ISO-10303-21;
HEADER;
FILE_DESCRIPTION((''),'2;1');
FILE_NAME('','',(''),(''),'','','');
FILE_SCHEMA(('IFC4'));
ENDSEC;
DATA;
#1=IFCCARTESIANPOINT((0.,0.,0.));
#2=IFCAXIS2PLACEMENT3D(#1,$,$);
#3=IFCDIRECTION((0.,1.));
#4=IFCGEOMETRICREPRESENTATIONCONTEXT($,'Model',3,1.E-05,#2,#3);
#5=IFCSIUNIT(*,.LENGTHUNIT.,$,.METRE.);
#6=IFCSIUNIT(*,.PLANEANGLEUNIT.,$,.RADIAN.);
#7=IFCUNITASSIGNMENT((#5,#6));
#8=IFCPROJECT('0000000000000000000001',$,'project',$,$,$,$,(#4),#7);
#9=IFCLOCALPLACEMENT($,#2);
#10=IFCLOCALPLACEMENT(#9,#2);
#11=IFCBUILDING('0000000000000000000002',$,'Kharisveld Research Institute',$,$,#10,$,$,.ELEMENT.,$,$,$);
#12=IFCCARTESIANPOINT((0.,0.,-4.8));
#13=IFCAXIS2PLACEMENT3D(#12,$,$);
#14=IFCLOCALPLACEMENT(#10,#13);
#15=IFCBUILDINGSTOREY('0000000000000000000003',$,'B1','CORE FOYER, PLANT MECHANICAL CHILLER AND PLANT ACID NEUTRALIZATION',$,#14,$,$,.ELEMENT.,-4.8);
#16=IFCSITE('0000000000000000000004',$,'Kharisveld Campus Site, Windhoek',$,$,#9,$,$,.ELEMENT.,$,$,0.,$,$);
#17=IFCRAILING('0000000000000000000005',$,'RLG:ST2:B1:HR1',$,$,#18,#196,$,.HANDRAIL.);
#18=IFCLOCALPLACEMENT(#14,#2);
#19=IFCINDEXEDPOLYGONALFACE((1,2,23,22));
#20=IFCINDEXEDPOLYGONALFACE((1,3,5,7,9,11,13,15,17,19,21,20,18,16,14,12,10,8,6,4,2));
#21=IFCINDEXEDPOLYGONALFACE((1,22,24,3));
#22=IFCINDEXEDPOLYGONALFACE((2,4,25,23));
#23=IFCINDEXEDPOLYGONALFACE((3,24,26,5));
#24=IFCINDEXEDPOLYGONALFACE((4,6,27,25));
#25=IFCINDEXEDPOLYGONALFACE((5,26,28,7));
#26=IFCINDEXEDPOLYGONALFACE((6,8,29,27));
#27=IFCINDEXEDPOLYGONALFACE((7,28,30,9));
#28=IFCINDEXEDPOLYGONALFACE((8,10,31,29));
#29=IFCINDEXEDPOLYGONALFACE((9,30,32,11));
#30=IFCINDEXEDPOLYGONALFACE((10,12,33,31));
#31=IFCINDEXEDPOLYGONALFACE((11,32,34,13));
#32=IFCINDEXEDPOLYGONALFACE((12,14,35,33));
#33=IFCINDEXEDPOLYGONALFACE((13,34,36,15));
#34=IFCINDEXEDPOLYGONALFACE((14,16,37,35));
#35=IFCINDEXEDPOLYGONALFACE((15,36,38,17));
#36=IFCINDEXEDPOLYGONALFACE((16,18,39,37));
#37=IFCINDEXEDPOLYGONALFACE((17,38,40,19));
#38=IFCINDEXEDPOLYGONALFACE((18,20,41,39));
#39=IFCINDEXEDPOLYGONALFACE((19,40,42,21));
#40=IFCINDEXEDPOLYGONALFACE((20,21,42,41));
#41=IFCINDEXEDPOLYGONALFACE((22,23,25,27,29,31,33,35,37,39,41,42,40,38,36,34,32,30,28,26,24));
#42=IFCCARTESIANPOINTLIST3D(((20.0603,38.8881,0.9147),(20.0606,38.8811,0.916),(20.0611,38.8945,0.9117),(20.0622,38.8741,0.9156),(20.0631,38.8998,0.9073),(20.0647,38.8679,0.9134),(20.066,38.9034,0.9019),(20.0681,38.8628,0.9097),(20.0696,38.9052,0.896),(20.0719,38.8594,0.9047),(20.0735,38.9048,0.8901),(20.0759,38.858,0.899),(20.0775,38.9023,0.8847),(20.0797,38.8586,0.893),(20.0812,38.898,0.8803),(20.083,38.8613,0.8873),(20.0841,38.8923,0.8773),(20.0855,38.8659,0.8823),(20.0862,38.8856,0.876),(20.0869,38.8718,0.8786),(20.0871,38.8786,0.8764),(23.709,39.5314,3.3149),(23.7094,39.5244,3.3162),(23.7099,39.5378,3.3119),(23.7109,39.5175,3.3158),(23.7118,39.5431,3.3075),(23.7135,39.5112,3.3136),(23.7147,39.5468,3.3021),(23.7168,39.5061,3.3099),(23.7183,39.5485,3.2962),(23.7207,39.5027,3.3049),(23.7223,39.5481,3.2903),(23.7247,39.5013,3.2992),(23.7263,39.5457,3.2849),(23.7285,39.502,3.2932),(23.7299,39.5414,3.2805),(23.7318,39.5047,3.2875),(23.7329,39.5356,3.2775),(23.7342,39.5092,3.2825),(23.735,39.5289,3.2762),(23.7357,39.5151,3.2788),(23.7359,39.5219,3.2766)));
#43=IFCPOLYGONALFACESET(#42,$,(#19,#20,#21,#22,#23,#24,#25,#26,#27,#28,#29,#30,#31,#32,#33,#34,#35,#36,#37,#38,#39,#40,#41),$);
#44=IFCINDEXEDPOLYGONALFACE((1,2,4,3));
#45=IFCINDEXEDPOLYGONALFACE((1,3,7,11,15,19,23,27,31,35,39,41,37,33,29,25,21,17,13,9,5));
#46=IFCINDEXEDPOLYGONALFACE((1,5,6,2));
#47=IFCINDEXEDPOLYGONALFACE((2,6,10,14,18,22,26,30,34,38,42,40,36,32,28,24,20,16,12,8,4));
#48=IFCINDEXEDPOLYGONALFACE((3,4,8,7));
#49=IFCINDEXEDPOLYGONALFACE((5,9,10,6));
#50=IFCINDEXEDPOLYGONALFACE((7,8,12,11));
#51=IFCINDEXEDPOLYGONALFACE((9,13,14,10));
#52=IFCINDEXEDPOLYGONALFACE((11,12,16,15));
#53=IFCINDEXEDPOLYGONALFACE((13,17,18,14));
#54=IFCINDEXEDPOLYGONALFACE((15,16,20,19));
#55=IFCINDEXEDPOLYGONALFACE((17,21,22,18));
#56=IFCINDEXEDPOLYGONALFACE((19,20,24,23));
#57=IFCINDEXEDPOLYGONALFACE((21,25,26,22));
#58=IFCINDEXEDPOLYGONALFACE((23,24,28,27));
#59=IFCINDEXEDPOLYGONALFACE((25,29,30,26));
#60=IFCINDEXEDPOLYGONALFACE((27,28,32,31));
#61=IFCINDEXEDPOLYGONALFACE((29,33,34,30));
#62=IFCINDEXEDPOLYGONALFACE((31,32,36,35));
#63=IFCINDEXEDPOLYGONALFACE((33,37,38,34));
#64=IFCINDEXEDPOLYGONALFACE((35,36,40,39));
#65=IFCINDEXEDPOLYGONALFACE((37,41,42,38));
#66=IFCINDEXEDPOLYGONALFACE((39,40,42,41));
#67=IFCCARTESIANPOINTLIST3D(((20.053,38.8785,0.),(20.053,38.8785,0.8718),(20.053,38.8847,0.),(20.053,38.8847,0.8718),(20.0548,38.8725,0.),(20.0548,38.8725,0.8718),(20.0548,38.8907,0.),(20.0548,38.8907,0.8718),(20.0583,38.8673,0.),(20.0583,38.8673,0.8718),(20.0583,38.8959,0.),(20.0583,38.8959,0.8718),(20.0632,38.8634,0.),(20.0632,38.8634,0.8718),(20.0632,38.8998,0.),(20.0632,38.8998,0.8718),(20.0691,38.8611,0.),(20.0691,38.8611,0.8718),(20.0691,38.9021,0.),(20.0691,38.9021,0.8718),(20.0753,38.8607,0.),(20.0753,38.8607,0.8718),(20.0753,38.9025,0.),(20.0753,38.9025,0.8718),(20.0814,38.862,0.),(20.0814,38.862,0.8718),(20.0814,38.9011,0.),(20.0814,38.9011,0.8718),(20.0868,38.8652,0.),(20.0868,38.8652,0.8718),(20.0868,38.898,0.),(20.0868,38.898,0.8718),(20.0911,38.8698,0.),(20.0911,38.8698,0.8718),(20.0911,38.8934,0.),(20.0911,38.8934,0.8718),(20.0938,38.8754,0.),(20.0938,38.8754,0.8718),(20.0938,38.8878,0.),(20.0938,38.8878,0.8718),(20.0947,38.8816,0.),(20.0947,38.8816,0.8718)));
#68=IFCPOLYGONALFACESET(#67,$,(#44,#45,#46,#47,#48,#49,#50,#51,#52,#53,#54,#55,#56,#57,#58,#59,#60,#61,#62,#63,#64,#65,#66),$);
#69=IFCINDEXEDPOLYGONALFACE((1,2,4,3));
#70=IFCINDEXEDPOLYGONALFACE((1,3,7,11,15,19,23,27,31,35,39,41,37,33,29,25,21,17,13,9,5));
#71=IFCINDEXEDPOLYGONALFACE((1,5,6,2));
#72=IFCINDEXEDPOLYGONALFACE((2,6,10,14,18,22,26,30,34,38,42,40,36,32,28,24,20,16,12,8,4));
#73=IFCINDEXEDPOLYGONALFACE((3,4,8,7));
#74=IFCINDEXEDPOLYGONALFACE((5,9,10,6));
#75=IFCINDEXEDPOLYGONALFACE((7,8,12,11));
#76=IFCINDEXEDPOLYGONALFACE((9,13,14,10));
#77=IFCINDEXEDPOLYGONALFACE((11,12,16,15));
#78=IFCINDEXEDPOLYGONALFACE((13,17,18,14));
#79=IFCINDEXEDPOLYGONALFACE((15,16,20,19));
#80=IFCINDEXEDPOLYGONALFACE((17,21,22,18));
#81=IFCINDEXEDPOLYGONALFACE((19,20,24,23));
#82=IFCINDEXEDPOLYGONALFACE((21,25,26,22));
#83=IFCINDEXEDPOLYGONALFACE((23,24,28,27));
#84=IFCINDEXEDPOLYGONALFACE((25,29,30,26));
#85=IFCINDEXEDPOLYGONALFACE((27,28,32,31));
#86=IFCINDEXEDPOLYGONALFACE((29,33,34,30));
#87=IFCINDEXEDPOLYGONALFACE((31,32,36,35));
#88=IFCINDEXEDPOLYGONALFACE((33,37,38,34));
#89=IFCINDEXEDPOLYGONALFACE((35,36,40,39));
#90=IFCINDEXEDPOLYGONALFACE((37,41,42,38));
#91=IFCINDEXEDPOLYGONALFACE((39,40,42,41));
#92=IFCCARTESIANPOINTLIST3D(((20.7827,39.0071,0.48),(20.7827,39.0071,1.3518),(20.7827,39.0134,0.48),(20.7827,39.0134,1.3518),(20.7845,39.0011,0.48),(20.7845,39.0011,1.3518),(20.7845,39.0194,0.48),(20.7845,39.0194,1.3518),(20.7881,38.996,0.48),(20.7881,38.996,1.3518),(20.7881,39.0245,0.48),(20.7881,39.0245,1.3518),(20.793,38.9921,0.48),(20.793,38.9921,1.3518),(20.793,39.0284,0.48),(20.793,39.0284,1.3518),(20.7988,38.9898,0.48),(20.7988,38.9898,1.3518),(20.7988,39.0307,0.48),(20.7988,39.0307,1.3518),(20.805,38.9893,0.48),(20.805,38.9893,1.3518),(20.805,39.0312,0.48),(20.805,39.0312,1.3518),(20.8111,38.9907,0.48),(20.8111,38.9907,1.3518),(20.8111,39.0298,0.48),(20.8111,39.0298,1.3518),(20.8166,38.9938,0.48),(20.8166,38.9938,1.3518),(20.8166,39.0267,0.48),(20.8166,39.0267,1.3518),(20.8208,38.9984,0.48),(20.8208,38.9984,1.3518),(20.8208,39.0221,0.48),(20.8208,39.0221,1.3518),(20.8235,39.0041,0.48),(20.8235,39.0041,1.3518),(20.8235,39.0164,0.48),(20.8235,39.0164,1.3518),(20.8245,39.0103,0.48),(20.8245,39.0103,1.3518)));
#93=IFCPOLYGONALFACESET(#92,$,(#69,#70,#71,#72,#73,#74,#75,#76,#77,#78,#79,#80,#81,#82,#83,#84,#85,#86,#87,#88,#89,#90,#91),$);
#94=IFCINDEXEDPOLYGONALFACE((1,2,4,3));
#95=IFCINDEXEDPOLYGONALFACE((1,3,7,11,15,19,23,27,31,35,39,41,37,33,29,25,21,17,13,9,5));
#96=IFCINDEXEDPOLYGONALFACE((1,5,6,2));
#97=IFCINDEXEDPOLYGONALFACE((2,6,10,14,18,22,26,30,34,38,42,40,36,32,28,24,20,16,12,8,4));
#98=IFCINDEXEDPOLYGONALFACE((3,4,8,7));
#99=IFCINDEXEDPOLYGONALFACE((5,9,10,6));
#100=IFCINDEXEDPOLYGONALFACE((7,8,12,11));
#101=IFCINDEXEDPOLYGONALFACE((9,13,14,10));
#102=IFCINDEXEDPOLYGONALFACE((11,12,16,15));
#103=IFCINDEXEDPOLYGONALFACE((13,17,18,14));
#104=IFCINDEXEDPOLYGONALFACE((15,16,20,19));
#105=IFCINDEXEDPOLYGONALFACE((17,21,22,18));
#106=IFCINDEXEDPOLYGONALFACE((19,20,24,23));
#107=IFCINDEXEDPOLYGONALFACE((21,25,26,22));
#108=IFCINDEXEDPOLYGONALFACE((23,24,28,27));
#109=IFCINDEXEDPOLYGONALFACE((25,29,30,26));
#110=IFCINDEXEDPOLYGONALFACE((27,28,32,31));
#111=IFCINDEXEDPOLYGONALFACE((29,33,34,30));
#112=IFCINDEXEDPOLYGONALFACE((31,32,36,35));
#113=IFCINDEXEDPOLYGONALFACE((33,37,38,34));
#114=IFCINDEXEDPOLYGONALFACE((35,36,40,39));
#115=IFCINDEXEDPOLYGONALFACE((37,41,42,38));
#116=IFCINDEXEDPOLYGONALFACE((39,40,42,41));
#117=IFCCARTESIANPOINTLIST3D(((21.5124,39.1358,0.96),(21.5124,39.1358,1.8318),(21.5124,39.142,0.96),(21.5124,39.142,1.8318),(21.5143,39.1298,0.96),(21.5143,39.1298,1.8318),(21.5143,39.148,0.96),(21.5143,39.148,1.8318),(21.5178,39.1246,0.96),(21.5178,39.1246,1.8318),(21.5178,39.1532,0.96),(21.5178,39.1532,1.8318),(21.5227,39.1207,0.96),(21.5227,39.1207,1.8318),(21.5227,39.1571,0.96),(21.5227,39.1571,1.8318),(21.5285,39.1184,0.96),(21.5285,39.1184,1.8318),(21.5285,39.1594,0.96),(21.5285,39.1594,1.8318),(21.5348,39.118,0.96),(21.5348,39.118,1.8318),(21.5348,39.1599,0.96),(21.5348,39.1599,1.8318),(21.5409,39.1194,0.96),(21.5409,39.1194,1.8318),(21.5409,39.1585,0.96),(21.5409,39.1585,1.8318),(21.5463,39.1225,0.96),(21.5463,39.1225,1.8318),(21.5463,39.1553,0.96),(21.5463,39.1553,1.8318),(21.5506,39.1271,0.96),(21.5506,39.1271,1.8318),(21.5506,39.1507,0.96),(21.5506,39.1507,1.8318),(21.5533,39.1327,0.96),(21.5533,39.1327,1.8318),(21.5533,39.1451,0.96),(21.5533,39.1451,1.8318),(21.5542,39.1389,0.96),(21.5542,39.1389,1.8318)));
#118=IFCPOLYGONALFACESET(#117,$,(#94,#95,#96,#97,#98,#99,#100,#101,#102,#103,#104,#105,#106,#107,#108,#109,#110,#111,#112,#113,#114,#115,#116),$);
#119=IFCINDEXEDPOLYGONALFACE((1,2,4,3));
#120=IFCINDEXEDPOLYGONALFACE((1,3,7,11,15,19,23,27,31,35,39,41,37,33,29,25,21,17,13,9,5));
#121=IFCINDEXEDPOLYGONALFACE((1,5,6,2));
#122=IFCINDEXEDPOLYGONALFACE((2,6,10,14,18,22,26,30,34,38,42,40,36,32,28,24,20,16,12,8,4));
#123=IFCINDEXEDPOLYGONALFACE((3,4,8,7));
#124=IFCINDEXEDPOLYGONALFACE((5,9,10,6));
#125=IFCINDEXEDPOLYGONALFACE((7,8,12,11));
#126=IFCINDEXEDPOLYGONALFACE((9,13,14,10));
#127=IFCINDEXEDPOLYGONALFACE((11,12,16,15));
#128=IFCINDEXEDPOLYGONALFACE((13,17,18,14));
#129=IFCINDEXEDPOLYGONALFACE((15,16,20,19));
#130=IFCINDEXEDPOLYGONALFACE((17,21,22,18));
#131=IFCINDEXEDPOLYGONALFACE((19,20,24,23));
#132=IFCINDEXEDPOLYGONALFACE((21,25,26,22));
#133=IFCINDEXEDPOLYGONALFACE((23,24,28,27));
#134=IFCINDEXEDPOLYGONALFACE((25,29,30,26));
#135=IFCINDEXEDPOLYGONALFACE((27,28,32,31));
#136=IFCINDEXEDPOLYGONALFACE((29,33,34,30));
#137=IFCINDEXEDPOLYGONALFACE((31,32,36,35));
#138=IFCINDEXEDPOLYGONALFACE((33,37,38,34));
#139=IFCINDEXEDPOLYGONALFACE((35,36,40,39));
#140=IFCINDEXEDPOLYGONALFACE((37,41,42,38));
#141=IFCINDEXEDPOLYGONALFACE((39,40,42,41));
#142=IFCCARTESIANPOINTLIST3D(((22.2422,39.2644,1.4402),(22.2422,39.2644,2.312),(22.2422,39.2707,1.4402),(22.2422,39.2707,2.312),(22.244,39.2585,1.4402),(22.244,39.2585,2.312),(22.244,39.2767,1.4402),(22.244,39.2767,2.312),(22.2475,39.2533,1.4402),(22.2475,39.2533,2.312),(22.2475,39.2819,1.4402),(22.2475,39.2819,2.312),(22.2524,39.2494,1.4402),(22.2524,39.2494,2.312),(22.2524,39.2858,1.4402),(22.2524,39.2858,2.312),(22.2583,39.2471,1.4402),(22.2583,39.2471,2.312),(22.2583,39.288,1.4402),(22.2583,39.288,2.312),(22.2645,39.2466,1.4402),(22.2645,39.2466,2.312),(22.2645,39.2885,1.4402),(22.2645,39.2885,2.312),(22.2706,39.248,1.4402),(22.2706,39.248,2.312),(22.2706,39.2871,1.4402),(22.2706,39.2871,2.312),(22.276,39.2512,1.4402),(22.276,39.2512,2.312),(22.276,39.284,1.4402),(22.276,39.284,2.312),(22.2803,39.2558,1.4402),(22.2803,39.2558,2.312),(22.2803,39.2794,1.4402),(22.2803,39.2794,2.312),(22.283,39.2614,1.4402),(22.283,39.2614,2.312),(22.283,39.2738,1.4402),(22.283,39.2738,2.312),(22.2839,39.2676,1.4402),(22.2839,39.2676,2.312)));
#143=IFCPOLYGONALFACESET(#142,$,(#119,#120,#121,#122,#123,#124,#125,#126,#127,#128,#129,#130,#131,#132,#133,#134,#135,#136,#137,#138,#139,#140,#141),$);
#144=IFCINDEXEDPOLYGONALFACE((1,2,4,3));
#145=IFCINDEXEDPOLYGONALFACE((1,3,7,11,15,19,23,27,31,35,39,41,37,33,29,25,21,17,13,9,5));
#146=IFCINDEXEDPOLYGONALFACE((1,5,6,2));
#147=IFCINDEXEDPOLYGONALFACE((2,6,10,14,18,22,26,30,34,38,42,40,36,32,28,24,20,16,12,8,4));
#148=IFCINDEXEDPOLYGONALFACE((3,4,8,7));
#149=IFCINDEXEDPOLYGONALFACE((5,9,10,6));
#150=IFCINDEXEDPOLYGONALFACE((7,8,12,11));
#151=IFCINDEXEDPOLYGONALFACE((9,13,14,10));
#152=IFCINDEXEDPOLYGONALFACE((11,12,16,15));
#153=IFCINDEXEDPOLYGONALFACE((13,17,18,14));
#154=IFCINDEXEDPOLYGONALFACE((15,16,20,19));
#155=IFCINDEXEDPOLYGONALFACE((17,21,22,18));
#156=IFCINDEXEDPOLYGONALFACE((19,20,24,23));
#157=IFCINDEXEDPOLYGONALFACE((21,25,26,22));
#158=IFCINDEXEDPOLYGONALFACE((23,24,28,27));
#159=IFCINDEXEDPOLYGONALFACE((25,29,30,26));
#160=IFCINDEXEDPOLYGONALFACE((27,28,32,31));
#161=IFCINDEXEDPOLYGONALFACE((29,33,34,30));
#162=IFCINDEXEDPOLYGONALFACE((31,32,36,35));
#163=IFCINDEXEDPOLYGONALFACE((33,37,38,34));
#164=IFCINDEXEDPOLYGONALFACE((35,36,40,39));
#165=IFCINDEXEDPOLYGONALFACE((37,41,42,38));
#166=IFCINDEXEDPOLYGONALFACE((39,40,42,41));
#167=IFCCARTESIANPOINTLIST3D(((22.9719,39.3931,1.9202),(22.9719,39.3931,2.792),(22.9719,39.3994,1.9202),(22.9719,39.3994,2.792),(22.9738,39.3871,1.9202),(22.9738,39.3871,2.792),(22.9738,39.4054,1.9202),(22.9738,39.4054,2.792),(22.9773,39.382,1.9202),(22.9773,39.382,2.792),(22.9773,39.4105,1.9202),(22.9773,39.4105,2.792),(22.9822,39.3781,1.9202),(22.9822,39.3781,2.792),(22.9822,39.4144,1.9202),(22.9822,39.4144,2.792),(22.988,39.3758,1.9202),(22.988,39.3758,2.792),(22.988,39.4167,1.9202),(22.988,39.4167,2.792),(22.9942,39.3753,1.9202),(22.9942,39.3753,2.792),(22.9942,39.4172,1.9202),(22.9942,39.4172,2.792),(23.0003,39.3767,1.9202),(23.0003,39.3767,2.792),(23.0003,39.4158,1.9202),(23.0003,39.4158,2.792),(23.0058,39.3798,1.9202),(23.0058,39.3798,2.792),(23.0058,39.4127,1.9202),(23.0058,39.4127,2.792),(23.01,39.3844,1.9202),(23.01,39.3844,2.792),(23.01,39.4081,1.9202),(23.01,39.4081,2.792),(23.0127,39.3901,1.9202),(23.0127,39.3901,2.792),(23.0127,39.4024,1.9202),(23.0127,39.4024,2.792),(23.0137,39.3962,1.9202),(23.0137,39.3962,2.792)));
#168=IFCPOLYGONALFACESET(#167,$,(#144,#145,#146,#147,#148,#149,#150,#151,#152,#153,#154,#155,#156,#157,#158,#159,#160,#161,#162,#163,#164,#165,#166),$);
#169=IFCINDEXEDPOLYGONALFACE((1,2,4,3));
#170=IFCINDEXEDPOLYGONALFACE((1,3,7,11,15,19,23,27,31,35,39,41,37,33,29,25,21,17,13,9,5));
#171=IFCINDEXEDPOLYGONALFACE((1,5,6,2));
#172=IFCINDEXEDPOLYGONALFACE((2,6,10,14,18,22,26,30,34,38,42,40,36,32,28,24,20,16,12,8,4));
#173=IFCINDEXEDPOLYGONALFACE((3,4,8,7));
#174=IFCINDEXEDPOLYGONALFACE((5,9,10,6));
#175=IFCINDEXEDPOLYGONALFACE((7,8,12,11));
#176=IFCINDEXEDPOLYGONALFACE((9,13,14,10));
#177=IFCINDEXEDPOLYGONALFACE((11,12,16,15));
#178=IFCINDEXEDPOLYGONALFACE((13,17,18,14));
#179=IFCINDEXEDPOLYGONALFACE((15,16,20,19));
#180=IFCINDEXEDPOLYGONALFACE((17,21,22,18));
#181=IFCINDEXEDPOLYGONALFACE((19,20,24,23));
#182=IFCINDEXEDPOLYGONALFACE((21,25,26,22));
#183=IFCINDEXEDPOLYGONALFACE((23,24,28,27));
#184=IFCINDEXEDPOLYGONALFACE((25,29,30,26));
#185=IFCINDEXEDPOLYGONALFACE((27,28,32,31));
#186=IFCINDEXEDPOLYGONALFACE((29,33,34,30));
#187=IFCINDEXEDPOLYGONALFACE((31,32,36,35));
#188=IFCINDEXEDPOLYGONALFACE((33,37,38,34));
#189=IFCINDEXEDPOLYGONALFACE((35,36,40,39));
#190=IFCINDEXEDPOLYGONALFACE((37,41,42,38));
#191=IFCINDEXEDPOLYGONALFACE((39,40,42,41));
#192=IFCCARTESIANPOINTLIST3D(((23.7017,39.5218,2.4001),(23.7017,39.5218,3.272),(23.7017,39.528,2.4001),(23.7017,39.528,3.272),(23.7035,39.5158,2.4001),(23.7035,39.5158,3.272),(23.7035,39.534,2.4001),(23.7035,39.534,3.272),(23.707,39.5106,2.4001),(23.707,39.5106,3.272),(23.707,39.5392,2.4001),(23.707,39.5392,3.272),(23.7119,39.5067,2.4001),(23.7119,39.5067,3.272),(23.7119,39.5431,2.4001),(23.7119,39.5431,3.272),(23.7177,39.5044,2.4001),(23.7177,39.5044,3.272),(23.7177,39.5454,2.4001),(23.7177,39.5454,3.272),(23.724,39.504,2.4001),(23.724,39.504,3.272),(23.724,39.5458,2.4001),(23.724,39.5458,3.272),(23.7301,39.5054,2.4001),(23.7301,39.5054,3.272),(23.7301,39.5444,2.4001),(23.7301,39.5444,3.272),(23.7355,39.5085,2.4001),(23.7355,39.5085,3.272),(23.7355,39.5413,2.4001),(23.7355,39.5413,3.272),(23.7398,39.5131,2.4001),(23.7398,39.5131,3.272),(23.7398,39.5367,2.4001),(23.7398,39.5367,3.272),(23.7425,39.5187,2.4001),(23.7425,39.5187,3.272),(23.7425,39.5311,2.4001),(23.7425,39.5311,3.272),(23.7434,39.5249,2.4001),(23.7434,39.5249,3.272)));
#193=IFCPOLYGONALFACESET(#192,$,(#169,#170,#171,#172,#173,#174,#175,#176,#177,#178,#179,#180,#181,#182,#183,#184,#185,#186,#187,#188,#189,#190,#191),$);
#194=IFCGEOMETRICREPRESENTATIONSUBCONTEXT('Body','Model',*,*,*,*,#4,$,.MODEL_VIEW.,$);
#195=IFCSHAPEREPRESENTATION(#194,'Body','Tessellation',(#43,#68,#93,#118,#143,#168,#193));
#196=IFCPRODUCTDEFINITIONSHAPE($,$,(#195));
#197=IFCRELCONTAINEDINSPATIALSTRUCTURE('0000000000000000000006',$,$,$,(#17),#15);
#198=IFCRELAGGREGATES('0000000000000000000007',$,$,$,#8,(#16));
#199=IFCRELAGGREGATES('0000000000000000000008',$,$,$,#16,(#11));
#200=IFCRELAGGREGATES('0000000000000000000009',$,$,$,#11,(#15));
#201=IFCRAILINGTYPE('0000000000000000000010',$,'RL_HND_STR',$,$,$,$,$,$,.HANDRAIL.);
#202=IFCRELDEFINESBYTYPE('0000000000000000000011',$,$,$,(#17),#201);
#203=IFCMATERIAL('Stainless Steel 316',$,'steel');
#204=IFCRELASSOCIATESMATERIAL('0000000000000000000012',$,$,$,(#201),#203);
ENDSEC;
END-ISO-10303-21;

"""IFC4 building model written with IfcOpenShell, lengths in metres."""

from ifc_helpers import new_model, si_unit, direction, frame, origin, origin_2d, place, context, subcontext, project, spatial, circle, extrude, material, type_object, element, save


model = new_model("IFC4")

# Units and contexts
model_context = context("Model", 3, precision=1e-05, world=origin(), true_north=direction((0.0, 1.0)))
body_context = subcontext(model_context, "Body", "Model", "MODEL_VIEW")
ifc_project = project(units=[si_unit("LENGTHUNIT", "METRE"), si_unit("PLANEANGLEUNIT", "RADIAN")], contexts=[model_context])

# Site, building, storey
site_placement = place(None, origin())
site = spatial("IfcSite", under=ifc_project, at=site_placement, Name="Kharisveld Campus Site, Windhoek", CompositionType="ELEMENT", RefElevation=0.0)
building_placement = place(site_placement, origin())
building = spatial("IfcBuilding", under=site, at=building_placement, Name="Kharisveld Research Institute", CompositionType="ELEMENT")
storey_placement = place(building_placement, frame((0.0, 0.0, -4.8)))
storey = spatial("IfcBuildingStorey", under=building, at=storey_placement, Name="B1", Description="CORE FOYER, PLANT MECHANICAL CHILLER AND PLANT ACID NEUTRALIZATION", CompositionType="ELEMENT", Elevation=-4.8)

# Railing
ifc_material_1 = material(Name="Stainless Steel 316", Category="steel")
railing_type_1 = type_object("IfcRailingType", Name="RL_HND_STR", PredefinedType="HANDRAIL", material=ifc_material_1)
railing_1_placement = place(storey_placement, frame((20.0737, 38.8816, 0.0)))
element("IfcRailing", 1, at=railing_1_placement, inside=storey, type_object=railing_type_1, Name="RLG:ST2:B1:HR1", PredefinedType="HANDRAIL", context=body_context, shape_type="SweptSolid", body=[
    extrude(circle(Radius=0.0239, at=origin_2d()), frame((0.0, 0.0, 0.896), z_axis=(0.82653, 0.145728, 0.543701), x_axis=(-0.173635, 0.98481, 0.0)), (0.0, 0.0, 1.0), 4.4146),
    extrude(circle(Radius=0.021, at=origin_2d()), origin(), (0.0, 0.0, 1.0), 0.8718),
    extrude(circle(Radius=0.021, at=origin_2d()), frame((0.7297, 0.1287, 0.48)), (0.0, 0.0, 1.0), 0.8718),
    extrude(circle(Radius=0.021, at=origin_2d()), frame((1.4595, 0.2573, 0.96)), (0.0, 0.0, 1.0), 0.8718),
    extrude(circle(Radius=0.021, at=origin_2d()), frame((2.1892, 0.386, 1.4402)), (0.0, 0.0, 1.0), 0.8718),
    extrude(circle(Radius=0.021, at=origin_2d()), frame((2.9189, 0.5146, 1.9202)), (0.0, 0.0, 1.0), 0.8718),
    extrude(circle(Radius=0.021, at=origin_2d()), frame((3.6487, 0.6433, 2.4001)), (0.0, 0.0, 1.0), 0.8718),
])

save(model, "model.ifc")
